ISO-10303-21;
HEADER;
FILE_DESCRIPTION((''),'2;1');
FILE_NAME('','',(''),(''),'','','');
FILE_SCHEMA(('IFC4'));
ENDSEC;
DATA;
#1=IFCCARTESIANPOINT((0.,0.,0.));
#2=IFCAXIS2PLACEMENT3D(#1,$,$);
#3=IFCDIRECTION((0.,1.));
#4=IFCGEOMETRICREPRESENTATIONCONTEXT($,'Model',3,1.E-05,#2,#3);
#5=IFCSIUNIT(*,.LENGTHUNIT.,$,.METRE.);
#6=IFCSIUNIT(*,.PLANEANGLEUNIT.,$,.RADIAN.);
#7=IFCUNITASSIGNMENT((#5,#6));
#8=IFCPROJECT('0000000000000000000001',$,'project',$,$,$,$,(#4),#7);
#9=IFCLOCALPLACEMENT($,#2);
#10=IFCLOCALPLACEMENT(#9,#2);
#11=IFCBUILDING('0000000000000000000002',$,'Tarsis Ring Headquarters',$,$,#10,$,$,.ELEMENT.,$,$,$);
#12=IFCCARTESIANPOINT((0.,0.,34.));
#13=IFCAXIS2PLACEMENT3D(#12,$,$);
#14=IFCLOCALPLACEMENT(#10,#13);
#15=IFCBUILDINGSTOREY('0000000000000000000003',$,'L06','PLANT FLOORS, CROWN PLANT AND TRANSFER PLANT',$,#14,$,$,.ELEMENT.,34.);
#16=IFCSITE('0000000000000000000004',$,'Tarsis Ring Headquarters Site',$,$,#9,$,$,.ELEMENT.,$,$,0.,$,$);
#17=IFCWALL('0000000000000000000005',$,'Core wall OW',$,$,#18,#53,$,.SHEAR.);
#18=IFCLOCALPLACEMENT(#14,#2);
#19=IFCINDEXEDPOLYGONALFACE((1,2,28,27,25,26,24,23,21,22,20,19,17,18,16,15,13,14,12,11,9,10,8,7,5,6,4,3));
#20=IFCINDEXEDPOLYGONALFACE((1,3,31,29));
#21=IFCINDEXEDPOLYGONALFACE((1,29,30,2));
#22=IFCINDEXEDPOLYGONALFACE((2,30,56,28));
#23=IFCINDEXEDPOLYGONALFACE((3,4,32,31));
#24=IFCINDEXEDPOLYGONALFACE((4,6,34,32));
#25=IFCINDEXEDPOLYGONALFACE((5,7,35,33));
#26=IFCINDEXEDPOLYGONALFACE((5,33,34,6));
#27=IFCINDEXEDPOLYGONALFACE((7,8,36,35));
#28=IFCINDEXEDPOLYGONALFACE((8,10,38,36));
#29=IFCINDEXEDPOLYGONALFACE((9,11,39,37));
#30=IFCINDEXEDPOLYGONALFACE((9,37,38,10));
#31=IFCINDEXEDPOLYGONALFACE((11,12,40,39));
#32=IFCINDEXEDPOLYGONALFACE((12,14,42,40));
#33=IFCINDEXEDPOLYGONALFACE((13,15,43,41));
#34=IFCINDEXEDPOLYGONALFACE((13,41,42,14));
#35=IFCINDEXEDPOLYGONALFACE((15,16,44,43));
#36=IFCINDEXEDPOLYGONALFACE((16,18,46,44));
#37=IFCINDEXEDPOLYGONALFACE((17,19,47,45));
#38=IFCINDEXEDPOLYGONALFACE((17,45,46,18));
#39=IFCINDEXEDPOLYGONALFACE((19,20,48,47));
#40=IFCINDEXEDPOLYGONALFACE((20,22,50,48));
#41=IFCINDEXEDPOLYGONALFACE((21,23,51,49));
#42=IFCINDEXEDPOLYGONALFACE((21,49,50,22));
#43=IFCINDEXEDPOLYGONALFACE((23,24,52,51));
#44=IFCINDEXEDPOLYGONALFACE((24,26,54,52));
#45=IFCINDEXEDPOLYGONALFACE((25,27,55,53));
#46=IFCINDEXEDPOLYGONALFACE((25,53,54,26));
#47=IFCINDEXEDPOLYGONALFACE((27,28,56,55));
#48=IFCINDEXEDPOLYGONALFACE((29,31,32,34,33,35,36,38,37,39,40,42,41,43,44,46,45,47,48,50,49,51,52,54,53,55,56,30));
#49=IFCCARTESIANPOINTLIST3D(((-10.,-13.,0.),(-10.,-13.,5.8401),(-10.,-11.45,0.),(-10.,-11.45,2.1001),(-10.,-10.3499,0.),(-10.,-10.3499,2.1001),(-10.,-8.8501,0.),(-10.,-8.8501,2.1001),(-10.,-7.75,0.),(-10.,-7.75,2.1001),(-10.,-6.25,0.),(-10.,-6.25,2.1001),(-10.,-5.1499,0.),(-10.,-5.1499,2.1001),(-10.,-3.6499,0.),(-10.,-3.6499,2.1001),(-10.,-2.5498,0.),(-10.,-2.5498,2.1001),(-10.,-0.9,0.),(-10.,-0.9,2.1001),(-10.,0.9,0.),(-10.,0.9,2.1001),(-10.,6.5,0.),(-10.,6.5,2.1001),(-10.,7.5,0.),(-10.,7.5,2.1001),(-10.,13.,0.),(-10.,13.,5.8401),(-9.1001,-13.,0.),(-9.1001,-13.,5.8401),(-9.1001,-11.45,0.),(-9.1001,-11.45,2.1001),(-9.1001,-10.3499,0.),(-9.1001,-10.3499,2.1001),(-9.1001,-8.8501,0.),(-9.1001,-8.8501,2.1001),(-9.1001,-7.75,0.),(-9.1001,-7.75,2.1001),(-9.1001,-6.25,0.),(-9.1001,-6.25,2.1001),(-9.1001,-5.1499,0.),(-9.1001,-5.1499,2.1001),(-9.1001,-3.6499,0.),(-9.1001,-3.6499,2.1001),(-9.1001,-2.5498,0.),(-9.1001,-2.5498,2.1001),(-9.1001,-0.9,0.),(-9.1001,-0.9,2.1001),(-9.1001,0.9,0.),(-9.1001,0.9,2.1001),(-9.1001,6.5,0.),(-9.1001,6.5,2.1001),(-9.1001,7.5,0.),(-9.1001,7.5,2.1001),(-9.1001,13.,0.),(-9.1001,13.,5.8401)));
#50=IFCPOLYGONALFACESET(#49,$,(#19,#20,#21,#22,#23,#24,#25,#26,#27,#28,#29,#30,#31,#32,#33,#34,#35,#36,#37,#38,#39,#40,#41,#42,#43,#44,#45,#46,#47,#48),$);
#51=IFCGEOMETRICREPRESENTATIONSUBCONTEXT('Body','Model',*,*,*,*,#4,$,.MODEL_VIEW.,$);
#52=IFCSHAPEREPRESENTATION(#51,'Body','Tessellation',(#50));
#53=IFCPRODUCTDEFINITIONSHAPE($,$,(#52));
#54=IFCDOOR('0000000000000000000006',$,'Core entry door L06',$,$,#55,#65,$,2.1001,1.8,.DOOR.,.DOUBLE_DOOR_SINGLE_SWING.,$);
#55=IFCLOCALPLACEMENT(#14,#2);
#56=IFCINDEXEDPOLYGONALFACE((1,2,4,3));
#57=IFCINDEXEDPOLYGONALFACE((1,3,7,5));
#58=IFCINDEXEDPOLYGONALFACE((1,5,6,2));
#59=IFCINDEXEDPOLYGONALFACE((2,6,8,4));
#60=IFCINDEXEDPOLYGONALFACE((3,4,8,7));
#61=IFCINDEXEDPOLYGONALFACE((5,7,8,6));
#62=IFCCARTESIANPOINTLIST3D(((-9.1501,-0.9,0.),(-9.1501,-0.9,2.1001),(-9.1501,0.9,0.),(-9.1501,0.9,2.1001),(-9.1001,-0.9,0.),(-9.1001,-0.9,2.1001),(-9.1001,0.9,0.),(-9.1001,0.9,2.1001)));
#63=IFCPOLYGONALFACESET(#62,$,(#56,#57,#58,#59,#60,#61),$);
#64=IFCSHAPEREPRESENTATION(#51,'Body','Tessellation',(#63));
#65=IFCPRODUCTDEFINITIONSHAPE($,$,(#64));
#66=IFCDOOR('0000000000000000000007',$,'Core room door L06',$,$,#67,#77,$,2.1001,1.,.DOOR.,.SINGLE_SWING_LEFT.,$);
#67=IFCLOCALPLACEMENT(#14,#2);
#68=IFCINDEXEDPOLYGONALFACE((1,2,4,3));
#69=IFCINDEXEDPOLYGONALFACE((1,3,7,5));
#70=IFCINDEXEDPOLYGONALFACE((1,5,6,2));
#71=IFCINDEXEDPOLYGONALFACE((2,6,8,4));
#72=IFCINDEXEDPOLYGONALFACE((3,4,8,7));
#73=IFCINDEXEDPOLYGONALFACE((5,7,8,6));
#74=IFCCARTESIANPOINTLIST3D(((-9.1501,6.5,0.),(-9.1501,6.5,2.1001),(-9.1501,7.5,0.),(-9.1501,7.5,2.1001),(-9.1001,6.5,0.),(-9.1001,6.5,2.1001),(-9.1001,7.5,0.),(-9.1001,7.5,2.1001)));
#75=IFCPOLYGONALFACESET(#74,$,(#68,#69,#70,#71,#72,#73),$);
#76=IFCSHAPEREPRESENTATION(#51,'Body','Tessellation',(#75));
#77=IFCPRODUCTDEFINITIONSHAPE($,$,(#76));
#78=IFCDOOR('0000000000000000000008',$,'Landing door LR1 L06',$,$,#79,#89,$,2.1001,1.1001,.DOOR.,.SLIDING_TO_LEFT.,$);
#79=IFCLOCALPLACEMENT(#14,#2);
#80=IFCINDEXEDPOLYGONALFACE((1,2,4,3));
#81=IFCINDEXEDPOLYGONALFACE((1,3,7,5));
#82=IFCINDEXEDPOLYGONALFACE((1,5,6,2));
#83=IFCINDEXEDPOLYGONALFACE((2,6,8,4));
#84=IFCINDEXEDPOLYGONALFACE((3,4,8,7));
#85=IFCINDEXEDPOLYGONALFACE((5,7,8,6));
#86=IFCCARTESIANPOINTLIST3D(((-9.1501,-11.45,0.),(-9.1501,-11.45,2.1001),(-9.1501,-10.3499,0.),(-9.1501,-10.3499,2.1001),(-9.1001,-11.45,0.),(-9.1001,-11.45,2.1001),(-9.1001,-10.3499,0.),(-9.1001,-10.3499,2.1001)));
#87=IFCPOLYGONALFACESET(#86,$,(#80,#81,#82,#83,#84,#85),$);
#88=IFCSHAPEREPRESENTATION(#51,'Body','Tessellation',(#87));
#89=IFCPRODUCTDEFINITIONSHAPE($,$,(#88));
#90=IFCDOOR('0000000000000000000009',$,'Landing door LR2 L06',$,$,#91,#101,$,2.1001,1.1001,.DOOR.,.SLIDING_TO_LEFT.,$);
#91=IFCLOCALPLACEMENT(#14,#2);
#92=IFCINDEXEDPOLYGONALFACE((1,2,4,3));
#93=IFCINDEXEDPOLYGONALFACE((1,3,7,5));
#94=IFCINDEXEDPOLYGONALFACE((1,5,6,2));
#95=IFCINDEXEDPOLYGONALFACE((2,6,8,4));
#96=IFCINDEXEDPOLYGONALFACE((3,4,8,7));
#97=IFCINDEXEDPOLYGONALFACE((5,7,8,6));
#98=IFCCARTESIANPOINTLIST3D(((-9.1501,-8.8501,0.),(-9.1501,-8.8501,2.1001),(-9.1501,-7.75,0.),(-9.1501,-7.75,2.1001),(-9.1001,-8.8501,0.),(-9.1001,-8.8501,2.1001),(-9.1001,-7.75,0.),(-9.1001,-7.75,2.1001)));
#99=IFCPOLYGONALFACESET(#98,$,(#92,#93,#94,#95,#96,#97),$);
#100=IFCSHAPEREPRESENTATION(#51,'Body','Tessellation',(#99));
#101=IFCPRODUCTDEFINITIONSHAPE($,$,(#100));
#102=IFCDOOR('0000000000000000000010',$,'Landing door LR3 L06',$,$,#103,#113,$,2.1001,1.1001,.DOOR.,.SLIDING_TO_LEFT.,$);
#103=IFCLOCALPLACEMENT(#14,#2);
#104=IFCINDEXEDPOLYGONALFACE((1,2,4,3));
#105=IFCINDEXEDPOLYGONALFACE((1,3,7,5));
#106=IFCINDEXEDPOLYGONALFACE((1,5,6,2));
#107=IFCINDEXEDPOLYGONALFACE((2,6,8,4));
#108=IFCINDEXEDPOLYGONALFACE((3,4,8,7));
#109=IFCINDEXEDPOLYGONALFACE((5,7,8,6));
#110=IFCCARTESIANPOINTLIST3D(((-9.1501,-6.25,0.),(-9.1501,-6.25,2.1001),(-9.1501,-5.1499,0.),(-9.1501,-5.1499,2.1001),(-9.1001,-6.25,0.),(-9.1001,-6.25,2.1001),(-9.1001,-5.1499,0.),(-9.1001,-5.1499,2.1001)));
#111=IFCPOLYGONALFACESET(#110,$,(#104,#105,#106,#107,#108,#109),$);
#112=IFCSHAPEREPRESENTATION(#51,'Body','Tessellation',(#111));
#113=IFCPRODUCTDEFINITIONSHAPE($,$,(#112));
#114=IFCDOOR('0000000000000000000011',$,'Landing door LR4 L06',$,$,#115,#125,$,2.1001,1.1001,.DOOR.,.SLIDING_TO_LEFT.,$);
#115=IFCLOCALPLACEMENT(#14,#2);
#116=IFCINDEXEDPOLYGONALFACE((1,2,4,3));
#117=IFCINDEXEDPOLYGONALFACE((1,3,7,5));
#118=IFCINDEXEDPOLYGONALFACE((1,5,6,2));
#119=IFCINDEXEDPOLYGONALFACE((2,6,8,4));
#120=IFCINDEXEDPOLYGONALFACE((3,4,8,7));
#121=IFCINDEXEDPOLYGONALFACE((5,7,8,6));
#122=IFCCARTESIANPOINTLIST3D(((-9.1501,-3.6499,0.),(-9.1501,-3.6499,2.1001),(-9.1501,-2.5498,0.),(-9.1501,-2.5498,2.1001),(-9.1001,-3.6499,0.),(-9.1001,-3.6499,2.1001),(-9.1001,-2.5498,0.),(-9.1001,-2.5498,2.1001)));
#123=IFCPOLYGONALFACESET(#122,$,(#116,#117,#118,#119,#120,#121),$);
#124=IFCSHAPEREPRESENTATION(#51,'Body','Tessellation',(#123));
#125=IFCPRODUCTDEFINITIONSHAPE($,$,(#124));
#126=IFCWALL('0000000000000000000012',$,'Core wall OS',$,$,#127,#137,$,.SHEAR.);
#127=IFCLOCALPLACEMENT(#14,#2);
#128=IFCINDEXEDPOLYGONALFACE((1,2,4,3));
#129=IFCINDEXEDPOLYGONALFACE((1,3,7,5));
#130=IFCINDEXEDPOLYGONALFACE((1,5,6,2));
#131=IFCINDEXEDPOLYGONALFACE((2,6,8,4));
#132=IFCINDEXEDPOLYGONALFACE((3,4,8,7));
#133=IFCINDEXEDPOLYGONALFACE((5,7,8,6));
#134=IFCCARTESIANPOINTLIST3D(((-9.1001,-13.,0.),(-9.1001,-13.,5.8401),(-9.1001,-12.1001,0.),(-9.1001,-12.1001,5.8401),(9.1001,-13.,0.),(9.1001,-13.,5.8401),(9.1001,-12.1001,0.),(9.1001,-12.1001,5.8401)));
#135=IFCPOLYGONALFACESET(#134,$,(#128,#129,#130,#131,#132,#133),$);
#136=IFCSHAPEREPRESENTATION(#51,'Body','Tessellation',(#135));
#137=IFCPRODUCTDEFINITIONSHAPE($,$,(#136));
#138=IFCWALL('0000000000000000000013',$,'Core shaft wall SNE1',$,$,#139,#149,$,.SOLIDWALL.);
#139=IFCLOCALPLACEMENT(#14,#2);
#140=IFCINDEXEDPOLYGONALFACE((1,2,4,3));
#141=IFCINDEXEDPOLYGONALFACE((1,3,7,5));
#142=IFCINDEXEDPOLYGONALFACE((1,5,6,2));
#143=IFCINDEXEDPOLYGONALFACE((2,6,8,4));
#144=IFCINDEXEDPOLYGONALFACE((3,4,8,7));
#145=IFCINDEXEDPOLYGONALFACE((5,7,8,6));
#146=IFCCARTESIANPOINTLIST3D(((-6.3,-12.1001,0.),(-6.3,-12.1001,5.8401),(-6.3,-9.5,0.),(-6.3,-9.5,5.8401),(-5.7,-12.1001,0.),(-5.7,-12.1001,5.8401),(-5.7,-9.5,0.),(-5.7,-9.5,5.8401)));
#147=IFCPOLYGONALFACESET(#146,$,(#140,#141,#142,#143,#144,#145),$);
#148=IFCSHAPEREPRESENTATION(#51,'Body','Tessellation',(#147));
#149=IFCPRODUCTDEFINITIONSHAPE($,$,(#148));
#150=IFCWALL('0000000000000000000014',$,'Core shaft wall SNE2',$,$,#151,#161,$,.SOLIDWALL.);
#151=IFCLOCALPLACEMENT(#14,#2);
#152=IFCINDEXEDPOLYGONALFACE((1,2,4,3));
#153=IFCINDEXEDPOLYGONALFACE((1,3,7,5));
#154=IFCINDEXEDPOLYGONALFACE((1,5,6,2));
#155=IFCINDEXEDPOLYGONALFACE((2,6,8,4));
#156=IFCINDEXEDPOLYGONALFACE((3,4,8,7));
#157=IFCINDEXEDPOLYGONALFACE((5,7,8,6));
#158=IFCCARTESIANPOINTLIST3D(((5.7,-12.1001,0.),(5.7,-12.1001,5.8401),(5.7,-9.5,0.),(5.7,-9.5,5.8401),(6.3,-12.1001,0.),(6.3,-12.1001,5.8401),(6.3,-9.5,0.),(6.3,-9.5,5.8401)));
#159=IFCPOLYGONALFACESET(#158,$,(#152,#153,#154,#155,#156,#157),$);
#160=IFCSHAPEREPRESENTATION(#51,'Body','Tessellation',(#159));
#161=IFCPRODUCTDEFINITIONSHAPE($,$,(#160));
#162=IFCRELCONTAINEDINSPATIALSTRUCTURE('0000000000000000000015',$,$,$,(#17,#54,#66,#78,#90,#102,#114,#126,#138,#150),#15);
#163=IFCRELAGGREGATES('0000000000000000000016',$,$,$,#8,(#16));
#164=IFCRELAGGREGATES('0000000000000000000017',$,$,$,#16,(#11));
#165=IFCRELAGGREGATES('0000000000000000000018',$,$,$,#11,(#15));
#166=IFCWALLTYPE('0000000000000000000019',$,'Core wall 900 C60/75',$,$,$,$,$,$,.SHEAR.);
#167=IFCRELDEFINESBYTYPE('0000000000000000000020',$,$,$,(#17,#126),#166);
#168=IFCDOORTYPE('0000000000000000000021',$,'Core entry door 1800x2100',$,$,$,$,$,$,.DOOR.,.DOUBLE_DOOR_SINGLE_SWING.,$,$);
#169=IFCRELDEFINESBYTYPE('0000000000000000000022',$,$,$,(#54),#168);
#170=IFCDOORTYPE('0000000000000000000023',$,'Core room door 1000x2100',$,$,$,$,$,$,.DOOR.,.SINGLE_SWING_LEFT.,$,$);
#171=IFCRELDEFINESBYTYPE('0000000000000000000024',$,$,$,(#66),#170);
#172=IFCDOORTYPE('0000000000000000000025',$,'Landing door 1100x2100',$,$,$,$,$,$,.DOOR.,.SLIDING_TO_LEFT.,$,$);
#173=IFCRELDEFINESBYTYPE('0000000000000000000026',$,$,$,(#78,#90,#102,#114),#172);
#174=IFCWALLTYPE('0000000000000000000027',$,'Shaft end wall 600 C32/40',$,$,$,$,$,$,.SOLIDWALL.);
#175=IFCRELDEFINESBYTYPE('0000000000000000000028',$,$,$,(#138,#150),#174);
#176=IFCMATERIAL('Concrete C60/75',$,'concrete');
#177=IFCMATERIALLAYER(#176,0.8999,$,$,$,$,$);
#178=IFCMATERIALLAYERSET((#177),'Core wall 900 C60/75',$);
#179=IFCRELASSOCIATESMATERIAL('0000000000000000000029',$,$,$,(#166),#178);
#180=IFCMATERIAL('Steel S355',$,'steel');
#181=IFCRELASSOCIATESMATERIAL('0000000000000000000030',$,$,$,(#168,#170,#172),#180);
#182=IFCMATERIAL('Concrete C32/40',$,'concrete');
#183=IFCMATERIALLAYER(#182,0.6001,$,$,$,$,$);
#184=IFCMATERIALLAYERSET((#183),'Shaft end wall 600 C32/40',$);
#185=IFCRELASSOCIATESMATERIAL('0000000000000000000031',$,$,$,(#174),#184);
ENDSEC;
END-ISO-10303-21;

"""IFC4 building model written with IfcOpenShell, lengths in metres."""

from ifc_helpers import new_model, si_unit, direction, frame, frame_2d, origin, place, context, subcontext, project, spatial, rectangle, extrude, material, layer, layer_set, type_object, element, fill, save


model = new_model("IFC4")

# Units and contexts
model_context = context("Model", 3, precision=1e-05, world=origin(), true_north=direction((0.0, 1.0)))
body_context = subcontext(model_context, "Body", "Model", "MODEL_VIEW")
ifc_project = project(units=[si_unit("LENGTHUNIT", "METRE"), si_unit("PLANEANGLEUNIT", "RADIAN")], contexts=[model_context])

# Site, building, storey
site_placement = place(None, origin())
site = spatial("IfcSite", under=ifc_project, at=site_placement, Name="Tarsis Ring Headquarters Site", CompositionType="ELEMENT", RefElevation=0.0)
building_placement = place(site_placement, origin())
building = spatial("IfcBuilding", under=site, at=building_placement, Name="Tarsis Ring Headquarters", CompositionType="ELEMENT")
storey_placement = place(building_placement, frame((0.0, 0.0, 34.0)))
storey = spatial("IfcBuildingStorey", under=building, at=storey_placement, Name="L06", Description="PLANT FLOORS, CROWN PLANT AND TRANSFER PLANT", CompositionType="ELEMENT", Elevation=34.0)

# Wall, openings, doors
ifc_material_1 = material(Name="Concrete C60/75", Category="concrete")
ifc_layer_1 = layer(ifc_material_1, 0.8999)
ifc_layer_set_1 = layer_set([ifc_layer_1], Name="Core wall 900 C60/75")
wall_type_1 = type_object("IfcWallType", Name="Core wall 900 C60/75", PredefinedType="SHEAR", material=ifc_layer_set_1)
wall_1_placement = place(storey_placement, frame((-9.55, -13.0, 0.0), z_axis=(0.0, 0.0, 1.0), x_axis=(0.0, 1.0, 0.0)))
wall_1 = element("IfcWall", 1, at=wall_1_placement, inside=storey, type_object=wall_type_1, Name="Core wall OW", PredefinedType="SHEAR", context=body_context, shape_type="SweptSolid", body=[
    extrude(rectangle(XDim=26.0, YDim=0.8999, at=frame_2d((13.0, 0.0))), origin(), (0.0, 0.0, 1.0), 5.8401),
])
opening_1_placement = place(wall_1_placement, frame((1.55, 0.0, 0.0)))
opening_1 = element("IfcOpeningElement", 2, at=opening_1_placement, cuts=wall_1, PredefinedType="OPENING", context=body_context, shape_type="SweptSolid", body=[
    extrude(rectangle(XDim=1.1001, YDim=2.1001, at=frame_2d((0.55, 1.05))), frame((0.0, 0.46, 0.0), z_axis=(0.0, -1.0, 0.0), x_axis=(1.0, 0.0, 0.0)), (0.0, 0.0, 1.0), 0.9199),
])
opening_2_placement = place(wall_1_placement, frame((4.1499, 0.0, 0.0)))
opening_2 = element("IfcOpeningElement", 3, at=opening_2_placement, cuts=wall_1, PredefinedType="OPENING", context=body_context, shape_type="SweptSolid", body=[
    extrude(rectangle(XDim=1.1001, YDim=2.1001, at=frame_2d((0.55, 1.05))), frame((0.0, 0.46, 0.0), z_axis=(0.0, -1.0, 0.0), x_axis=(1.0, 0.0, 0.0)), (0.0, 0.0, 1.0), 0.9199),
])
opening_3_placement = place(wall_1_placement, frame((6.75, 0.0, 0.0)))
opening_3 = element("IfcOpeningElement", 4, at=opening_3_placement, cuts=wall_1, PredefinedType="OPENING", context=body_context, shape_type="SweptSolid", body=[
    extrude(rectangle(XDim=1.1001, YDim=2.1001, at=frame_2d((0.55, 1.05))), frame((0.0, 0.46, 0.0), z_axis=(0.0, -1.0, 0.0), x_axis=(1.0, 0.0, 0.0)), (0.0, 0.0, 1.0), 0.9199),
])
opening_4_placement = place(wall_1_placement, frame((9.3501, 0.0, 0.0)))
opening_4 = element("IfcOpeningElement", 5, at=opening_4_placement, cuts=wall_1, PredefinedType="OPENING", context=body_context, shape_type="SweptSolid", body=[
    extrude(rectangle(XDim=1.1001, YDim=2.1001, at=frame_2d((0.55, 1.05))), frame((0.0, 0.46, 0.0), z_axis=(0.0, -1.0, 0.0), x_axis=(1.0, 0.0, 0.0)), (0.0, 0.0, 1.0), 0.9199),
])
opening_5_placement = place(wall_1_placement, frame((12.1001, 0.0, 0.0)))
opening_5 = element("IfcOpeningElement", 6, at=opening_5_placement, cuts=wall_1, PredefinedType="OPENING", context=body_context, shape_type="SweptSolid", body=[
    extrude(rectangle(XDim=1.8, YDim=2.1001, at=frame_2d((0.8999, 1.05))), frame((0.0, 0.46, 0.0), z_axis=(0.0, -1.0, 0.0), x_axis=(1.0, 0.0, 0.0)), (0.0, 0.0, 1.0), 0.9199),
])
opening_6_placement = place(wall_1_placement, frame((19.5, 0.0, 0.0)))
opening_6 = element("IfcOpeningElement", 7, at=opening_6_placement, cuts=wall_1, PredefinedType="OPENING", context=body_context, shape_type="SweptSolid", body=[
    extrude(rectangle(XDim=1.0, YDim=2.1001, at=frame_2d((0.5, 1.05))), frame((0.0, 0.46, 0.0), z_axis=(0.0, -1.0, 0.0), x_axis=(1.0, 0.0, 0.0)), (0.0, 0.0, 1.0), 0.9199),
])
ifc_material_2 = material(Name="Steel S355", Category="steel")
door_type_1 = type_object("IfcDoorType", Name="Core entry door 1800x2100", OperationType="DOUBLE_DOOR_SINGLE_SWING", PredefinedType="DOOR", material=ifc_material_2)
door_1_placement = place(opening_5_placement, origin())
door_1 = element("IfcDoor", 8, at=door_1_placement, inside=storey, type_object=door_type_1, Name="Core entry door L06", OperationType="DOUBLE_DOOR_SINGLE_SWING", OverallHeight=2.1001, OverallWidth=1.8, PredefinedType="DOOR", context=body_context, shape_type="SweptSolid", body=[
    extrude(rectangle(XDim=1.8, YDim=2.1001, at=frame_2d((0.8999, 1.05))), frame((0.0, -0.3999, 0.0), z_axis=(0.0, -1.0, 0.0), x_axis=(1.0, 0.0, 0.0)), (0.0, 0.0, 1.0), 0.05),
])
fill(opening_5, door_1)
door_type_2 = type_object("IfcDoorType", Name="Core room door 1000x2100", OperationType="SINGLE_SWING_LEFT", PredefinedType="DOOR", material=ifc_material_2)
door_2_placement = place(opening_6_placement, origin())
door_2 = element("IfcDoor", 9, at=door_2_placement, inside=storey, type_object=door_type_2, Name="Core room door L06", OperationType="SINGLE_SWING_LEFT", OverallHeight=2.1001, OverallWidth=1.0, PredefinedType="DOOR", context=body_context, shape_type="SweptSolid", body=[
    extrude(rectangle(XDim=1.0, YDim=2.1001, at=frame_2d((0.5, 1.05))), frame((0.0, -0.3999, 0.0), z_axis=(0.0, -1.0, 0.0), x_axis=(1.0, 0.0, 0.0)), (0.0, 0.0, 1.0), 0.05),
])
fill(opening_6, door_2)
door_type_3 = type_object("IfcDoorType", Name="Landing door 1100x2100", OperationType="SLIDING_TO_LEFT", PredefinedType="DOOR", material=ifc_material_2)
door_3_placement = place(opening_1_placement, origin())
door_3 = element("IfcDoor", 10, at=door_3_placement, inside=storey, type_object=door_type_3, Name="Landing door LR1 L06", OperationType="SLIDING_TO_LEFT", OverallHeight=2.1001, OverallWidth=1.1001, PredefinedType="DOOR", context=body_context, shape_type="SweptSolid", body=[
    extrude(rectangle(XDim=1.1001, YDim=2.1001, at=frame_2d((0.55, 1.05))), frame((0.0, -0.3999, 0.0), z_axis=(0.0, -1.0, 0.0), x_axis=(1.0, 0.0, 0.0)), (0.0, 0.0, 1.0), 0.05),
])
fill(opening_1, door_3)
door_4_placement = place(opening_2_placement, origin())
door_4 = element("IfcDoor", 11, at=door_4_placement, inside=storey, type_object=door_type_3, Name="Landing door LR2 L06", OperationType="SLIDING_TO_LEFT", OverallHeight=2.1001, OverallWidth=1.1001, PredefinedType="DOOR", context=body_context, shape_type="SweptSolid", body=[
    extrude(rectangle(XDim=1.1001, YDim=2.1001, at=frame_2d((0.55, 1.05))), frame((0.0, -0.3999, 0.0), z_axis=(0.0, -1.0, 0.0), x_axis=(1.0, 0.0, 0.0)), (0.0, 0.0, 1.0), 0.05),
])
fill(opening_2, door_4)
door_5_placement = place(opening_3_placement, origin())
door_5 = element("IfcDoor", 12, at=door_5_placement, inside=storey, type_object=door_type_3, Name="Landing door LR3 L06", OperationType="SLIDING_TO_LEFT", OverallHeight=2.1001, OverallWidth=1.1001, PredefinedType="DOOR", context=body_context, shape_type="SweptSolid", body=[
    extrude(rectangle(XDim=1.1001, YDim=2.1001, at=frame_2d((0.55, 1.05))), frame((0.0, -0.3999, 0.0), z_axis=(0.0, -1.0, 0.0), x_axis=(1.0, 0.0, 0.0)), (0.0, 0.0, 1.0), 0.05),
])
fill(opening_3, door_5)
door_6_placement = place(opening_4_placement, origin())
door_6 = element("IfcDoor", 13, at=door_6_placement, inside=storey, type_object=door_type_3, Name="Landing door LR4 L06", OperationType="SLIDING_TO_LEFT", OverallHeight=2.1001, OverallWidth=1.1001, PredefinedType="DOOR", context=body_context, shape_type="SweptSolid", body=[
    extrude(rectangle(XDim=1.1001, YDim=2.1001, at=frame_2d((0.55, 1.05))), frame((0.0, -0.3999, 0.0), z_axis=(0.0, -1.0, 0.0), x_axis=(1.0, 0.0, 0.0)), (0.0, 0.0, 1.0), 0.05),
])
fill(opening_4, door_6)

# Walls
wall_2_placement = place(storey_placement, frame((-9.1001, -12.55, 0.0), z_axis=(0.0, 0.0, 1.0), x_axis=(1.0, 0.0, 0.0)))
element("IfcWall", 14, at=wall_2_placement, inside=storey, type_object=wall_type_1, Name="Core wall OS", PredefinedType="SHEAR", context=body_context, shape_type="SweptSolid", body=[
    extrude(rectangle(XDim=18.2002, YDim=0.8999, at=frame_2d((9.1001, 0.0))), origin(), (0.0, 0.0, 1.0), 5.8401),
])
ifc_material_3 = material(Name="Concrete C32/40", Category="concrete")
ifc_layer_2 = layer(ifc_material_3, 0.6001)
ifc_layer_set_2 = layer_set([ifc_layer_2], Name="Shaft end wall 600 C32/40")
wall_type_2 = type_object("IfcWallType", Name="Shaft end wall 600 C32/40", PredefinedType="SOLIDWALL", material=ifc_layer_set_2)
for number, where, z_axis, x_axis, name in (
    (15, (-6.0, -12.1001, 0.0), (0.0, 0.0, 1.0), (0.0, 1.0, 0.0), "Core shaft wall SNE1"),
    (16, (6.0, -12.1001, 0.0), (0.0, 0.0, 1.0), (0.0, 1.0, 0.0), "Core shaft wall SNE2"),
):
    element("IfcWall", number, at=place(storey_placement, frame(where, z_axis=z_axis, x_axis=x_axis)), inside=storey, type_object=wall_type_2, Name=name, PredefinedType="SOLIDWALL", context=body_context, shape_type="SweptSolid", body=[
        extrude(rectangle(XDim=2.6001, YDim=0.6001, at=frame_2d((1.3, 0.0))), origin(), (0.0, 0.0, 1.0), 5.8401),
    ])

save(model, "model.ifc")
